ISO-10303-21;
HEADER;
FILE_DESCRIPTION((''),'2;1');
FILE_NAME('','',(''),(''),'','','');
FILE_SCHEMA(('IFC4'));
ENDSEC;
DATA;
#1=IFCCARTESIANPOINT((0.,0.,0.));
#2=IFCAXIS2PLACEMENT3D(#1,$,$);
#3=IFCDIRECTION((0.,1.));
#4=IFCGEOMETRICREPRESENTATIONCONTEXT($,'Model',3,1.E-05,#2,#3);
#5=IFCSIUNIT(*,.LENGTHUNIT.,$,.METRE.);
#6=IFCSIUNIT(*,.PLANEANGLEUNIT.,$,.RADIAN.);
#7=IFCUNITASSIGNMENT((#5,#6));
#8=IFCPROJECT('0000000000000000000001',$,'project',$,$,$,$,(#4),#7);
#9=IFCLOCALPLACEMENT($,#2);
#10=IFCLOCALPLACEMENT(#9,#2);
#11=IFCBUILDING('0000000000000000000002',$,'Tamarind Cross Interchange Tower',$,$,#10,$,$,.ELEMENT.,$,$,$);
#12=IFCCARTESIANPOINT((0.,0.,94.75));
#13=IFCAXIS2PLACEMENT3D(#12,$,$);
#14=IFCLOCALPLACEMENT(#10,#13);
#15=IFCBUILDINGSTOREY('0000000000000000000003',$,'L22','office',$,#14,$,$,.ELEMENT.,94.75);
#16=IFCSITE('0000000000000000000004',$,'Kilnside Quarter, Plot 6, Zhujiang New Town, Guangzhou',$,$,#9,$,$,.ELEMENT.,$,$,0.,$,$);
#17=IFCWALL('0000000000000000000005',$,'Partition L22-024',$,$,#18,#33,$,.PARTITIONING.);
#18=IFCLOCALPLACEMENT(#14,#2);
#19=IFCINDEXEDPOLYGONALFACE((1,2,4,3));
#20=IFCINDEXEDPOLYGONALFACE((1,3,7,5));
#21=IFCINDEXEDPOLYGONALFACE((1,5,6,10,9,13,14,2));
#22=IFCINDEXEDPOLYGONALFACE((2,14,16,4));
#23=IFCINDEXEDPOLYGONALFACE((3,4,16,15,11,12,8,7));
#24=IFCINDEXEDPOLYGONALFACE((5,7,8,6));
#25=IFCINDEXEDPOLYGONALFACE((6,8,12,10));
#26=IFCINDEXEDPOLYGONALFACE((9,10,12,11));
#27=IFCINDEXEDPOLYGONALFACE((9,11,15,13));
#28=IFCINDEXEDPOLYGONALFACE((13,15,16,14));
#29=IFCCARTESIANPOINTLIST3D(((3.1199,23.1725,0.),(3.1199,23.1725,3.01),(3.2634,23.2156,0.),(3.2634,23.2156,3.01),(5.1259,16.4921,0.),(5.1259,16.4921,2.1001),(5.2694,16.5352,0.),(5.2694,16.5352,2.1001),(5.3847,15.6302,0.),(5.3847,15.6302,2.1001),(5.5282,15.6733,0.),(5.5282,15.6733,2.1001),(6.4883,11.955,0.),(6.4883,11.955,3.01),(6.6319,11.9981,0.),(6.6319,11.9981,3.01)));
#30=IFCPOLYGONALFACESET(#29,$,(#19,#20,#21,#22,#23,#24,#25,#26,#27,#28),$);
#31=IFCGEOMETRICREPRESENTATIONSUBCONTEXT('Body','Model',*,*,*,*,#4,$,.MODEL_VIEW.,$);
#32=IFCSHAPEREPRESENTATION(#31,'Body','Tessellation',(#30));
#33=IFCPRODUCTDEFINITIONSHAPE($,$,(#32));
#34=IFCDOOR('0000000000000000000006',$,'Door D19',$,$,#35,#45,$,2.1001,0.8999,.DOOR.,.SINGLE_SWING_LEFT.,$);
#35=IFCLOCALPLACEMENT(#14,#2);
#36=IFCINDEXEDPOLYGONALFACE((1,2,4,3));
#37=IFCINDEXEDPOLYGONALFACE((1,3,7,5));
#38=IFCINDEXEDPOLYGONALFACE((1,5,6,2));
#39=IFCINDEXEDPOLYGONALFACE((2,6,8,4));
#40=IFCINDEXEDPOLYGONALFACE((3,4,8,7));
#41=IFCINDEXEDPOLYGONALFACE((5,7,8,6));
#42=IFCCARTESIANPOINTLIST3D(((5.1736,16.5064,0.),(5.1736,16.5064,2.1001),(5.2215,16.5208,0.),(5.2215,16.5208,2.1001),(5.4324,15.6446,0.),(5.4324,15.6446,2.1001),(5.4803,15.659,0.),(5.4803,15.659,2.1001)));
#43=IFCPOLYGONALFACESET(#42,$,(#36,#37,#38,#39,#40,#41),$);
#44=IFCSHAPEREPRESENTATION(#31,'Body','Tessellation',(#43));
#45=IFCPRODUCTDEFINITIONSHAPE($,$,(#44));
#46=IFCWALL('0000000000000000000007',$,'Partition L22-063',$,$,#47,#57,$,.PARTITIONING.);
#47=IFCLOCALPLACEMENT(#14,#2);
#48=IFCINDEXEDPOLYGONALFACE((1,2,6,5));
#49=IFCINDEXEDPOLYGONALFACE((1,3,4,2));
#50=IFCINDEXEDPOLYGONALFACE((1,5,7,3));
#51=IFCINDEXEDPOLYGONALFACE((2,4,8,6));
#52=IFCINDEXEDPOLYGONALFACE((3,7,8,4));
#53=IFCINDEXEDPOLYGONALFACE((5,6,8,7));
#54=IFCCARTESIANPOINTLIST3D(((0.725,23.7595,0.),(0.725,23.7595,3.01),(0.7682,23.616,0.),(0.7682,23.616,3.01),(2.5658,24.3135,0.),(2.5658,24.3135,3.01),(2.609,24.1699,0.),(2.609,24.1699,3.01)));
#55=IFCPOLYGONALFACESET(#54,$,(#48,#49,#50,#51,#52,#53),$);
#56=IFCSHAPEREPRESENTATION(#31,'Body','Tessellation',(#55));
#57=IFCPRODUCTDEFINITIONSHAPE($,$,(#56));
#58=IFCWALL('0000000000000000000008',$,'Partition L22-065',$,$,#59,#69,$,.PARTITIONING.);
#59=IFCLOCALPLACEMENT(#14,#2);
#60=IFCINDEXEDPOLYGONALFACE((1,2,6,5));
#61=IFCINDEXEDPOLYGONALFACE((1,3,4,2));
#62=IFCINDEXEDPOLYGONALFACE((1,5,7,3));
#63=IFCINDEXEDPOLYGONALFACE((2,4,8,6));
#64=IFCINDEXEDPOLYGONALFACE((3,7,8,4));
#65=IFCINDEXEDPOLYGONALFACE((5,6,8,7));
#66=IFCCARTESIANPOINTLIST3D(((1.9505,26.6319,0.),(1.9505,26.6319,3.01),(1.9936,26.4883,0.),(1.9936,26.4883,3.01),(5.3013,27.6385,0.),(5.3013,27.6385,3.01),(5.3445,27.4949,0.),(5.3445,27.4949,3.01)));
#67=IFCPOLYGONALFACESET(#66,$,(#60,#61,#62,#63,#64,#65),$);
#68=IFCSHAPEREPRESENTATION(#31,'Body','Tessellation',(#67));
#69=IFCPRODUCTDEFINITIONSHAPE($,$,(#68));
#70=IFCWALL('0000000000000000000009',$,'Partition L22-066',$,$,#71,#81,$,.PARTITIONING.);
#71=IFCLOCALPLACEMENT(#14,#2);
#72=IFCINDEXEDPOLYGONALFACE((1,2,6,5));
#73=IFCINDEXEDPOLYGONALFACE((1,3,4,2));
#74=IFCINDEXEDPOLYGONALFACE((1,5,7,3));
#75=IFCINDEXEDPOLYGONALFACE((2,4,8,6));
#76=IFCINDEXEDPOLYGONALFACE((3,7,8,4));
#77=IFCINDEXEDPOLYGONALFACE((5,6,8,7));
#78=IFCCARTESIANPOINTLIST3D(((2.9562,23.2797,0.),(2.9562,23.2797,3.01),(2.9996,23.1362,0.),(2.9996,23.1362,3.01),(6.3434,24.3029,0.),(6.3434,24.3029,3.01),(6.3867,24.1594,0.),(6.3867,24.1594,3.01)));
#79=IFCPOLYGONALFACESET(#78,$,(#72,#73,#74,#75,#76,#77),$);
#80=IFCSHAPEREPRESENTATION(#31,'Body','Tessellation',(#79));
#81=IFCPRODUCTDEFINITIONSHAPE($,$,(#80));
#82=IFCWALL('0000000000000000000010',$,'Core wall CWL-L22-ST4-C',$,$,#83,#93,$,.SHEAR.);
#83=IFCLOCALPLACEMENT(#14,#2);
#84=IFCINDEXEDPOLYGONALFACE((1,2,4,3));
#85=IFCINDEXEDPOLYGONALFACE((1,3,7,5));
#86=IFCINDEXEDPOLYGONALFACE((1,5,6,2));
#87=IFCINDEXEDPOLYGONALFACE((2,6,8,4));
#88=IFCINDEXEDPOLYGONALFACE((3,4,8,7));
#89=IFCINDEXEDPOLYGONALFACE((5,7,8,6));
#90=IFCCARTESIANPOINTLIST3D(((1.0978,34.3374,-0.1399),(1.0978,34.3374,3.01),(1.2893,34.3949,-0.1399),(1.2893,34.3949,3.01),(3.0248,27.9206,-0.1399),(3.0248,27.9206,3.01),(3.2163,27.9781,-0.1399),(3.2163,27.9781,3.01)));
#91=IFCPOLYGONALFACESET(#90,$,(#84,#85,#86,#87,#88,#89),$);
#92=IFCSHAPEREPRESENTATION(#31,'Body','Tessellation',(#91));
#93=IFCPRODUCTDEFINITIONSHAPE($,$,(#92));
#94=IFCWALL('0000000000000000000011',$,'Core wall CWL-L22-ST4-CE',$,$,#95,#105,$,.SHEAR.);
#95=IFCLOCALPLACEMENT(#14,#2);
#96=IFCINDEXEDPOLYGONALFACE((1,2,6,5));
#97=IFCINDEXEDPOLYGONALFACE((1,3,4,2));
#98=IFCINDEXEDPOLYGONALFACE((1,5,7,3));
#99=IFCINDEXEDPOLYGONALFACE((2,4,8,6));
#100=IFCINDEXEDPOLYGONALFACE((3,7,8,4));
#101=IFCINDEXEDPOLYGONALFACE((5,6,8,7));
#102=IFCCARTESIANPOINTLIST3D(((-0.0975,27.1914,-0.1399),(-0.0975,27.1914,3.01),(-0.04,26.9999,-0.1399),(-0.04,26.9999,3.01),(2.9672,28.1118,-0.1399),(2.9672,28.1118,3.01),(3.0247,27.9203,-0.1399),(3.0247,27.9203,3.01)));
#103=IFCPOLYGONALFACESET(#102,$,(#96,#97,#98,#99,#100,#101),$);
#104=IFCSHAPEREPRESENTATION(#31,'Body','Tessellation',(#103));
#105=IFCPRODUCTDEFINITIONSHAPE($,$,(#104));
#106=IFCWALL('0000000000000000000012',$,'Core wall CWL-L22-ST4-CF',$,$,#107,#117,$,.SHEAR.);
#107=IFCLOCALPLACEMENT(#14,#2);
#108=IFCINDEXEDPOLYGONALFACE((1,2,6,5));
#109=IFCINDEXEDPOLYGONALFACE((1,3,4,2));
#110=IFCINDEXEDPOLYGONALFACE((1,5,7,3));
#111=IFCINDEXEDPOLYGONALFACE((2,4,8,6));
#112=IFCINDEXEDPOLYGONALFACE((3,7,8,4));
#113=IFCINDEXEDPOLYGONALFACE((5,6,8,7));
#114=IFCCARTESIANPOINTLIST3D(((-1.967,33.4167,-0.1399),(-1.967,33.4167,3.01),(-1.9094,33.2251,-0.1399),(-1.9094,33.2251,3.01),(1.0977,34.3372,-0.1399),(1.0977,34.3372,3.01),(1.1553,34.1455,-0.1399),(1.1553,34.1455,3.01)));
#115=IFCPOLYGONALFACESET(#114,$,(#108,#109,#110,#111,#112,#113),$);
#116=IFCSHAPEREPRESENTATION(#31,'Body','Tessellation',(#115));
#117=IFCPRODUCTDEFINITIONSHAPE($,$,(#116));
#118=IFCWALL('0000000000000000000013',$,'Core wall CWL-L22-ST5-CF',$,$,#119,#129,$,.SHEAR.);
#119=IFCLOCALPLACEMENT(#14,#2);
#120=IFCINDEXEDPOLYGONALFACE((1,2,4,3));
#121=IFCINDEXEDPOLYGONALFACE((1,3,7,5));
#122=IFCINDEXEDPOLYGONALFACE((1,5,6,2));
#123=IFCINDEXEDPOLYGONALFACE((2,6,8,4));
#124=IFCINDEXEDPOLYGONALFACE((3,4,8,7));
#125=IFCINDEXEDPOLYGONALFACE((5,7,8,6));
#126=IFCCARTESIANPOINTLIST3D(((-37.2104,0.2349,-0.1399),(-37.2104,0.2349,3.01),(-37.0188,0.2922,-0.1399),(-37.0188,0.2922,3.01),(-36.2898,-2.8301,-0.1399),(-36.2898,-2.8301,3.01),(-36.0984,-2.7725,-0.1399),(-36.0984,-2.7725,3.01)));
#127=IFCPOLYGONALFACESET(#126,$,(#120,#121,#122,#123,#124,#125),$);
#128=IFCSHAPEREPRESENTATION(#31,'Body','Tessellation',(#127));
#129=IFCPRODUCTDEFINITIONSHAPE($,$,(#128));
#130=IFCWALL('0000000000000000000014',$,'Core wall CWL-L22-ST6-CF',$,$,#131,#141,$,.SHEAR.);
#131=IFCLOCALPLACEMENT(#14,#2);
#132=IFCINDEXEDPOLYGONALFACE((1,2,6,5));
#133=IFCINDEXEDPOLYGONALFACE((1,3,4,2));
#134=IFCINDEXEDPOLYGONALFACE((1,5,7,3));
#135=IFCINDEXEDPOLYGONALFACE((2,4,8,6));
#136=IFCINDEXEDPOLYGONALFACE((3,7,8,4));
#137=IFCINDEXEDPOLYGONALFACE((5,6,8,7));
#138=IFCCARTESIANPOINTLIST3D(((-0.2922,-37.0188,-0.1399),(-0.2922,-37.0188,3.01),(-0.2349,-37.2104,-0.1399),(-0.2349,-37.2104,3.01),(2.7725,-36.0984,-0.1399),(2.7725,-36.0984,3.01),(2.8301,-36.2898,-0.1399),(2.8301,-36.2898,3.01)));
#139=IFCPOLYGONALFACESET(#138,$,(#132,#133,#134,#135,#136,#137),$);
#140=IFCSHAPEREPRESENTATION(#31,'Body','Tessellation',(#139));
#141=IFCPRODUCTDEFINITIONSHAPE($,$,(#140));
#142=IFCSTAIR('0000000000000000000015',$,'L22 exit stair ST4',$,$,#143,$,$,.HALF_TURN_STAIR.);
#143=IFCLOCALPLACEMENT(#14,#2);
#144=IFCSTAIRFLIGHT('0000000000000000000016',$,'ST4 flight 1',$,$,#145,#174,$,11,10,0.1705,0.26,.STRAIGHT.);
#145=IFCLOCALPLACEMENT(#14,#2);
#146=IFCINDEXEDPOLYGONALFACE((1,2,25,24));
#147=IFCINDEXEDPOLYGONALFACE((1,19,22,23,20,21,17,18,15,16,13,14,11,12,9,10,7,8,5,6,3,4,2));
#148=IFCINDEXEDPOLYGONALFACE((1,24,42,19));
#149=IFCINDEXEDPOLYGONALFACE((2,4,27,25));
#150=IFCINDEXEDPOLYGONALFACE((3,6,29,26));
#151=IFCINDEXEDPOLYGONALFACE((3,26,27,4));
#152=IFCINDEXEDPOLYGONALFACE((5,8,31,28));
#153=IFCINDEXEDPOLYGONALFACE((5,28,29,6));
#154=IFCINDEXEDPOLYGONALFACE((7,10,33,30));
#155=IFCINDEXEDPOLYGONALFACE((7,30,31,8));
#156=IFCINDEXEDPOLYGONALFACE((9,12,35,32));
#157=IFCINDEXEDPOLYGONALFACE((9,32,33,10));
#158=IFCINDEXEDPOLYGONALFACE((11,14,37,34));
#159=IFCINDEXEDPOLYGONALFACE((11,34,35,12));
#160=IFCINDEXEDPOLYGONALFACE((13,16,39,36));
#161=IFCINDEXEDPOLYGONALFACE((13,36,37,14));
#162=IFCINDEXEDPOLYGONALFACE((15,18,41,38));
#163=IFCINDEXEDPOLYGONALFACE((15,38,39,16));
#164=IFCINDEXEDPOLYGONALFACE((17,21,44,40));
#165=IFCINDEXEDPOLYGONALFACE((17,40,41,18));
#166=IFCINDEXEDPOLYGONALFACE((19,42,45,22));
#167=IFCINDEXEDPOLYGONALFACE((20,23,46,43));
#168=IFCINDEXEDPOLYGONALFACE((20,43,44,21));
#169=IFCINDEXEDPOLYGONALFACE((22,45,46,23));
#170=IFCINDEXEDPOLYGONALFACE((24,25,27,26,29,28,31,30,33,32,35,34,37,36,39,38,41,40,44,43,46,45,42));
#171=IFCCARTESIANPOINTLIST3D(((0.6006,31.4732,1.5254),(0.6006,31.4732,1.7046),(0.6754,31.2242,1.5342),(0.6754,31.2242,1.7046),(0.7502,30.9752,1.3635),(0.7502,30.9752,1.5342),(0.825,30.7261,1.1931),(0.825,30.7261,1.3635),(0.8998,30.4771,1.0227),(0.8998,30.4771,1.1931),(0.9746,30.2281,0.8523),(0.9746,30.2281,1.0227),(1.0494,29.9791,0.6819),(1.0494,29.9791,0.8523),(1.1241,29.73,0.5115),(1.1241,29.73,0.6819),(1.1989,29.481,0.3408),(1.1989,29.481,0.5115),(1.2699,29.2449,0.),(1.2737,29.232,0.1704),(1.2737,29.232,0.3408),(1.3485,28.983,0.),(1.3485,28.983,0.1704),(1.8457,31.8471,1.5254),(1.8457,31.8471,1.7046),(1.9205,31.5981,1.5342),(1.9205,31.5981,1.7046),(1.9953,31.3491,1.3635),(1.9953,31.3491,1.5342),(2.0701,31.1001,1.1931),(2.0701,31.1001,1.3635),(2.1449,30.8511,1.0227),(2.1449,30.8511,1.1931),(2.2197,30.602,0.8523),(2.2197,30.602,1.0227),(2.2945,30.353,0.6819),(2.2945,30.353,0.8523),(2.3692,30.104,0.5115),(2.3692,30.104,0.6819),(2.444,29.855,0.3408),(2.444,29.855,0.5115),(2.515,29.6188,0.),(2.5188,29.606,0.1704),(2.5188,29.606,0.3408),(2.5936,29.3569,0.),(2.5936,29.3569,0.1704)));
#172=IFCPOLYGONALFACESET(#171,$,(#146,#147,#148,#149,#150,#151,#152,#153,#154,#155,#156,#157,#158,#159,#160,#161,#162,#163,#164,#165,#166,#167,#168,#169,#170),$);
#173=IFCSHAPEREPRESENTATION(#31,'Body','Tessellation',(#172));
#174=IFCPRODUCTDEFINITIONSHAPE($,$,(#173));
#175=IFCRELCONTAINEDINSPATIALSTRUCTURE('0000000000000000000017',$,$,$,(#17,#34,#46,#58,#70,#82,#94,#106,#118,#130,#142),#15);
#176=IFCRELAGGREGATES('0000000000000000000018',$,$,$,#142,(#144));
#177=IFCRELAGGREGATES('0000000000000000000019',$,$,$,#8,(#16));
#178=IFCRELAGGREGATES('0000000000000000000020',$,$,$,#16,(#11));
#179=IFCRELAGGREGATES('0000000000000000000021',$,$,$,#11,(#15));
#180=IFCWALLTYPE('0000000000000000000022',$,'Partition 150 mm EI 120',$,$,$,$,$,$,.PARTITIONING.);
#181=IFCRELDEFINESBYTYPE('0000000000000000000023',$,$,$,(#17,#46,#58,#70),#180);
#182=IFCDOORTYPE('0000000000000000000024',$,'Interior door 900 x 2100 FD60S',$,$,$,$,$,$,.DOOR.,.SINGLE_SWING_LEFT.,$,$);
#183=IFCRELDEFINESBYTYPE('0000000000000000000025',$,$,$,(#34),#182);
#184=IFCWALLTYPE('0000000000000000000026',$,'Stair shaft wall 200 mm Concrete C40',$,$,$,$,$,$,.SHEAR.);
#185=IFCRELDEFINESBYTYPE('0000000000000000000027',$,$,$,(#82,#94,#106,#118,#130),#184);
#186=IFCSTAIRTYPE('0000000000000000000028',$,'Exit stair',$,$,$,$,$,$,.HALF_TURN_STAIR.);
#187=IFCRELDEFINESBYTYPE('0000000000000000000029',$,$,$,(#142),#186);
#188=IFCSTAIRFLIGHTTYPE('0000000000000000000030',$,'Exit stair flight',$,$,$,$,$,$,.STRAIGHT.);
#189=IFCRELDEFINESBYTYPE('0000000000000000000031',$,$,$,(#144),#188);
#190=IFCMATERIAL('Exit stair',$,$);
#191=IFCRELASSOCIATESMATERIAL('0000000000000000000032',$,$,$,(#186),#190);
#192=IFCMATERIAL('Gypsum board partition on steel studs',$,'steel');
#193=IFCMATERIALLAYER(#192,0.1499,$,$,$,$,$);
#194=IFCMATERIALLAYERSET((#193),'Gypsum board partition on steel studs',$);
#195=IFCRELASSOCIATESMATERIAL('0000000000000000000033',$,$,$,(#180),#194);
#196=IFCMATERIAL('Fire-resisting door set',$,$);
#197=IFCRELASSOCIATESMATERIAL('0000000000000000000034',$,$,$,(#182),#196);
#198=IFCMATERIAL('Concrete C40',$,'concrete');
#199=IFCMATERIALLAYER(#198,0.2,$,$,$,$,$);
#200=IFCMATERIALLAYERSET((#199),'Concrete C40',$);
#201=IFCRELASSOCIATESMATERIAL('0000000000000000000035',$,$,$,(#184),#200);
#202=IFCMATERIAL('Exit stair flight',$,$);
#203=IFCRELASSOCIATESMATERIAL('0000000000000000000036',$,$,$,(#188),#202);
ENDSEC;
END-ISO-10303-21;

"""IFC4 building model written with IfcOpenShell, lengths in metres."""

from ifc_helpers import new_model, si_unit, direction, frame, frame_2d, origin, place, context, subcontext, project, spatial, polyline, rectangle, outline, extrude, material, layer, layer_set, type_object, element, fill, aggregate, save


model = new_model("IFC4")

# Units and contexts
model_context = context("Model", 3, precision=1e-05, world=origin(), true_north=direction((0.0, 1.0)))
body_context = subcontext(model_context, "Body", "Model", "MODEL_VIEW")
ifc_project = project(units=[si_unit("LENGTHUNIT", "METRE"), si_unit("PLANEANGLEUNIT", "RADIAN")], contexts=[model_context])

# Site, building, storey
site_placement = place(None, origin())
site = spatial("IfcSite", under=ifc_project, at=site_placement, Name="Kilnside Quarter, Plot 6, Zhujiang New Town, Guangzhou", CompositionType="ELEMENT", RefElevation=0.0)
building_placement = place(site_placement, origin())
building = spatial("IfcBuilding", under=site, at=building_placement, Name="Tamarind Cross Interchange Tower", CompositionType="ELEMENT")
storey_placement = place(building_placement, frame((0.0, 0.0, 94.75)))
storey = spatial("IfcBuildingStorey", under=building, at=storey_placement, Name="L22", Description="office", CompositionType="ELEMENT", Elevation=94.75)

# Shared definitions
ifc_material_1 = material(Name="Exit stair")
stair_type = type_object("IfcStairType", Name="Exit stair", PredefinedType="HALF_TURN_STAIR", material=ifc_material_1)
ifc_material_2 = material(Name="Concrete C40", Category="concrete")

# Shared definitions
ifc_material_3 = material(Name="Gypsum board partition on steel studs", Category="steel")

# Wall, opening, door
ifc_layer_1 = layer(ifc_material_3, 0.1499)
ifc_layer_set_1 = layer_set([ifc_layer_1], Name="Gypsum board partition on steel studs")
wall_type_1 = type_object("IfcWallType", Name="Partition 150 mm EI 120", PredefinedType="PARTITIONING", material=ifc_layer_set_1)
ifc_material_4 = material(Name="Fire-resisting door set")
door_type = type_object("IfcDoorType", Name="Interior door 900 x 2100 FD60S", OperationType="SINGLE_SWING_LEFT", PredefinedType="DOOR", material=ifc_material_4)
wall_1_placement = place(storey_placement, frame((3.1917, 23.1941, 0.0), z_axis=(0.0, 0.0, 1.0), x_axis=(0.287595, -0.957752, 0.0)))
wall_1 = element("IfcWall", 1, at=wall_1_placement, inside=storey, type_object=wall_type_1, Name="Partition L22-024", PredefinedType="PARTITIONING", context=body_context, shape_type="SweptSolid", body=[
    extrude(rectangle(XDim=11.7124, YDim=0.1499, at=frame_2d((5.8562, 0.0))), origin(), (0.0, 0.0, 1.0), 3.01),
])
opening_1_placement = place(wall_1_placement, frame((6.9751, 0.0, 0.0)))
opening_1 = element("IfcOpeningElement", 2, at=opening_1_placement, cuts=wall_1, PredefinedType="OPENING", context=body_context, shape_type="SweptSolid", body=[
    extrude(rectangle(XDim=0.8999, YDim=2.1001, at=frame_2d((0.45, 1.05))), frame((0.0, 0.085, 0.0), z_axis=(0.0, -1.0, 0.0), x_axis=(1.0, 0.0, 0.0)), (0.0, 0.0, 1.0), 0.1699),
])
door_1_placement = place(opening_1_placement, origin())
door_1 = element("IfcDoor", 3, at=door_1_placement, inside=storey, type_object=door_type, Name="Door D19", OperationType="SINGLE_SWING_LEFT", OverallHeight=2.1001, OverallWidth=0.8999, PredefinedType="DOOR", context=body_context, shape_type="SweptSolid", body=[
    extrude(rectangle(XDim=0.8999, YDim=2.1001, at=frame_2d((0.45, 1.05))), frame((0.0, 0.0249, 0.0), z_axis=(0.0, -1.0, 0.0), x_axis=(1.0, 0.0, 0.0)), (0.0, 0.0, 1.0), 0.05),
])
fill(opening_1, door_1)

# Walls
wall_2_placement = place(storey_placement, frame((0.7466, 23.6877, 0.0), z_axis=(0.0, 0.0, 1.0), x_axis=(0.957581, 0.288163, 0.0)))
element("IfcWall", 4, at=wall_2_placement, inside=storey, type_object=wall_type_1, Name="Partition L22-063", PredefinedType="PARTITIONING", context=body_context, shape_type="SweptSolid", body=[
    extrude(rectangle(XDim=1.9224, YDim=0.1499, at=frame_2d((0.9612, 0.0))), origin(), (0.0, 0.0, 1.0), 3.01),
])
wall_3_placement = place(storey_placement, frame((1.9719, 26.5601, 0.0), z_axis=(0.0, 0.0, 1.0), x_axis=(0.957721, 0.2877, 0.0)))
element("IfcWall", 5, at=wall_3_placement, inside=storey, type_object=wall_type_1, Name="Partition L22-065", PredefinedType="PARTITIONING", context=body_context, shape_type="SweptSolid", body=[
    extrude(rectangle(XDim=3.4988, YDim=0.1499, at=frame_2d((1.7495, 0.0))), origin(), (0.0, 0.0, 1.0), 3.01),
])
wall_4_placement = place(storey_placement, frame((2.978, 23.208, 0.0), z_axis=(0.0, 0.0, 1.0), x_axis=(0.957278, 0.28917, 0.0)))
element("IfcWall", 6, at=wall_4_placement, inside=storey, type_object=wall_type_1, Name="Partition L22-066", PredefinedType="PARTITIONING", context=body_context, shape_type="SweptSolid", body=[
    extrude(rectangle(XDim=3.5383, YDim=0.1499, at=frame_2d((1.769, 0.0))), origin(), (0.0, 0.0, 1.0), 3.01),
])
ifc_layer_2 = layer(ifc_material_2, 0.2)
ifc_layer_set_2 = layer_set([ifc_layer_2], Name="Concrete C40")
wall_type_2 = type_object("IfcWallType", Name="Stair shaft wall 200 mm Concrete C40", PredefinedType="SHEAR", material=ifc_layer_set_2)
wall_5_placement = place(storey_placement, frame((3.1206, 27.9492, -0.1399), z_axis=(0.0, 0.0, 1.0), x_axis=(-0.287619, 0.957745, 0.0)))
element("IfcWall", 7, at=wall_5_placement, inside=storey, type_object=wall_type_2, Name="Core wall CWL-L22-ST4-C", PredefinedType="SHEAR", context=body_context, shape_type="SweptSolid", body=[
    extrude(rectangle(XDim=6.7, YDim=0.2, at=frame_2d((3.3501, 0.0))), origin(), (0.0, 0.0, 1.0), 3.1499),
])
wall_6_placement = place(storey_placement, frame((2.9961, 28.0161, -0.1399), z_axis=(0.0, 0.0, 1.0), x_axis=(-0.95774, -0.287635, 0.0)))
element("IfcWall", 8, at=wall_6_placement, inside=storey, type_object=wall_type_2, Name="Core wall CWL-L22-ST4-CE", PredefinedType="SHEAR", context=body_context, shape_type="SweptSolid", body=[
    extrude(rectangle(XDim=3.2, YDim=0.2, at=frame_2d((1.6001, 0.0))), origin(), (0.0, 0.0, 1.0), 3.1499),
])
wall_7_placement = place(storey_placement, frame((0.0, 0.0, -0.1399)))
element("IfcWall", 9, at=wall_7_placement, inside=storey, type_object=wall_type_2, Name="Core wall CWL-L22-ST4-CF", PredefinedType="SHEAR", context=body_context, shape_type="SweptSolid", body=[
    extrude(outline(polyline([(1.1553, 34.1455), (1.0977, 34.3372), (-1.967, 33.4167), (-1.9094, 33.2251), (1.1553, 34.1455)])), origin(), (0.0, 0.0, 1.0), 3.1499),
])
wall_8_placement = place(storey_placement, frame((0.0, 0.0, -0.1399)))
element("IfcWall", 10, at=wall_8_placement, inside=storey, type_object=wall_type_2, Name="Core wall CWL-L22-ST5-CF", PredefinedType="SHEAR", context=body_context, shape_type="SweptSolid", body=[
    extrude(outline(polyline([(-37.0188, 0.2922), (-37.2104, 0.2349), (-36.2898, -2.8301), (-36.0984, -2.7725), (-37.0188, 0.2922)])), origin(), (0.0, 0.0, 1.0), 3.1499),
])
wall_9_placement = place(storey_placement, frame((0.0, 0.0, -0.1399)))
element("IfcWall", 11, at=wall_9_placement, inside=storey, type_object=wall_type_2, Name="Core wall CWL-L22-ST6-CF", PredefinedType="SHEAR", context=body_context, shape_type="SweptSolid", body=[
    extrude(outline(polyline([(-0.2922, -37.0188), (-0.2349, -37.2104), (2.8301, -36.2898), (2.7725, -36.0984), (-0.2922, -37.0188)])), origin(), (0.0, 0.0, 1.0), 3.1499),
])

# Stair, stair flight
stair_1_placement = place(storey_placement, origin())
stair_1 = element("IfcStair", 12, at=stair_1_placement, inside=storey, type_object=stair_type, Name="L22 exit stair ST4", PredefinedType="HALF_TURN_STAIR")
ifc_material_5 = material(Name="Exit stair flight")
stair_flight_type = type_object("IfcStairFlightType", Name="Exit stair flight", PredefinedType="STRAIGHT", material=ifc_material_5)
stair_flight_placement = place(storey_placement, frame((1.9709, 29.1699, 0.0), z_axis=(0.0, 0.0, 1.0), x_axis=(-0.287641, 0.957738, 0.0)))
stair_flight = element("IfcStairFlight", 13, at=stair_flight_placement, type_object=stair_flight_type, Name="ST4 flight 1", NumberOfRisers=11, NumberOfTreads=10, PredefinedType="STRAIGHT", RiserHeight=0.1705, TreadLength=0.26, context=body_context, shape_type="SweptSolid", body=[
    extrude(outline(polyline([(0.0, 0.0), (0.0, 0.1704), (0.26, 0.1704), (0.26, 0.3408), (0.52, 0.3408), (0.52, 0.5115), (0.78, 0.5115), (0.78, 0.6819), (1.04, 0.6819), (1.04, 0.8523), (1.3, 0.8523), (1.3, 1.0227), (1.5601, 1.0227), (1.5601, 1.1931), (1.8201, 1.1931), (1.8201, 1.3635), (2.0801, 1.3635), (2.0801, 1.5342), (2.3401, 1.5342), (2.3401, 1.7046), (2.6001, 1.7046), (2.6001, 1.875), (2.6001, 1.5254), (0.2734, 0.0), (0.0, 0.0)])), frame((0.0, 0.6499, 0.0), z_axis=(0.0, -1.0, 0.0), x_axis=(1.0, 0.0, 0.0)), (0.0, 0.0, 1.0), 1.3),
])
aggregate(stair_1, [stair_flight])

save(model, "model.ifc")
